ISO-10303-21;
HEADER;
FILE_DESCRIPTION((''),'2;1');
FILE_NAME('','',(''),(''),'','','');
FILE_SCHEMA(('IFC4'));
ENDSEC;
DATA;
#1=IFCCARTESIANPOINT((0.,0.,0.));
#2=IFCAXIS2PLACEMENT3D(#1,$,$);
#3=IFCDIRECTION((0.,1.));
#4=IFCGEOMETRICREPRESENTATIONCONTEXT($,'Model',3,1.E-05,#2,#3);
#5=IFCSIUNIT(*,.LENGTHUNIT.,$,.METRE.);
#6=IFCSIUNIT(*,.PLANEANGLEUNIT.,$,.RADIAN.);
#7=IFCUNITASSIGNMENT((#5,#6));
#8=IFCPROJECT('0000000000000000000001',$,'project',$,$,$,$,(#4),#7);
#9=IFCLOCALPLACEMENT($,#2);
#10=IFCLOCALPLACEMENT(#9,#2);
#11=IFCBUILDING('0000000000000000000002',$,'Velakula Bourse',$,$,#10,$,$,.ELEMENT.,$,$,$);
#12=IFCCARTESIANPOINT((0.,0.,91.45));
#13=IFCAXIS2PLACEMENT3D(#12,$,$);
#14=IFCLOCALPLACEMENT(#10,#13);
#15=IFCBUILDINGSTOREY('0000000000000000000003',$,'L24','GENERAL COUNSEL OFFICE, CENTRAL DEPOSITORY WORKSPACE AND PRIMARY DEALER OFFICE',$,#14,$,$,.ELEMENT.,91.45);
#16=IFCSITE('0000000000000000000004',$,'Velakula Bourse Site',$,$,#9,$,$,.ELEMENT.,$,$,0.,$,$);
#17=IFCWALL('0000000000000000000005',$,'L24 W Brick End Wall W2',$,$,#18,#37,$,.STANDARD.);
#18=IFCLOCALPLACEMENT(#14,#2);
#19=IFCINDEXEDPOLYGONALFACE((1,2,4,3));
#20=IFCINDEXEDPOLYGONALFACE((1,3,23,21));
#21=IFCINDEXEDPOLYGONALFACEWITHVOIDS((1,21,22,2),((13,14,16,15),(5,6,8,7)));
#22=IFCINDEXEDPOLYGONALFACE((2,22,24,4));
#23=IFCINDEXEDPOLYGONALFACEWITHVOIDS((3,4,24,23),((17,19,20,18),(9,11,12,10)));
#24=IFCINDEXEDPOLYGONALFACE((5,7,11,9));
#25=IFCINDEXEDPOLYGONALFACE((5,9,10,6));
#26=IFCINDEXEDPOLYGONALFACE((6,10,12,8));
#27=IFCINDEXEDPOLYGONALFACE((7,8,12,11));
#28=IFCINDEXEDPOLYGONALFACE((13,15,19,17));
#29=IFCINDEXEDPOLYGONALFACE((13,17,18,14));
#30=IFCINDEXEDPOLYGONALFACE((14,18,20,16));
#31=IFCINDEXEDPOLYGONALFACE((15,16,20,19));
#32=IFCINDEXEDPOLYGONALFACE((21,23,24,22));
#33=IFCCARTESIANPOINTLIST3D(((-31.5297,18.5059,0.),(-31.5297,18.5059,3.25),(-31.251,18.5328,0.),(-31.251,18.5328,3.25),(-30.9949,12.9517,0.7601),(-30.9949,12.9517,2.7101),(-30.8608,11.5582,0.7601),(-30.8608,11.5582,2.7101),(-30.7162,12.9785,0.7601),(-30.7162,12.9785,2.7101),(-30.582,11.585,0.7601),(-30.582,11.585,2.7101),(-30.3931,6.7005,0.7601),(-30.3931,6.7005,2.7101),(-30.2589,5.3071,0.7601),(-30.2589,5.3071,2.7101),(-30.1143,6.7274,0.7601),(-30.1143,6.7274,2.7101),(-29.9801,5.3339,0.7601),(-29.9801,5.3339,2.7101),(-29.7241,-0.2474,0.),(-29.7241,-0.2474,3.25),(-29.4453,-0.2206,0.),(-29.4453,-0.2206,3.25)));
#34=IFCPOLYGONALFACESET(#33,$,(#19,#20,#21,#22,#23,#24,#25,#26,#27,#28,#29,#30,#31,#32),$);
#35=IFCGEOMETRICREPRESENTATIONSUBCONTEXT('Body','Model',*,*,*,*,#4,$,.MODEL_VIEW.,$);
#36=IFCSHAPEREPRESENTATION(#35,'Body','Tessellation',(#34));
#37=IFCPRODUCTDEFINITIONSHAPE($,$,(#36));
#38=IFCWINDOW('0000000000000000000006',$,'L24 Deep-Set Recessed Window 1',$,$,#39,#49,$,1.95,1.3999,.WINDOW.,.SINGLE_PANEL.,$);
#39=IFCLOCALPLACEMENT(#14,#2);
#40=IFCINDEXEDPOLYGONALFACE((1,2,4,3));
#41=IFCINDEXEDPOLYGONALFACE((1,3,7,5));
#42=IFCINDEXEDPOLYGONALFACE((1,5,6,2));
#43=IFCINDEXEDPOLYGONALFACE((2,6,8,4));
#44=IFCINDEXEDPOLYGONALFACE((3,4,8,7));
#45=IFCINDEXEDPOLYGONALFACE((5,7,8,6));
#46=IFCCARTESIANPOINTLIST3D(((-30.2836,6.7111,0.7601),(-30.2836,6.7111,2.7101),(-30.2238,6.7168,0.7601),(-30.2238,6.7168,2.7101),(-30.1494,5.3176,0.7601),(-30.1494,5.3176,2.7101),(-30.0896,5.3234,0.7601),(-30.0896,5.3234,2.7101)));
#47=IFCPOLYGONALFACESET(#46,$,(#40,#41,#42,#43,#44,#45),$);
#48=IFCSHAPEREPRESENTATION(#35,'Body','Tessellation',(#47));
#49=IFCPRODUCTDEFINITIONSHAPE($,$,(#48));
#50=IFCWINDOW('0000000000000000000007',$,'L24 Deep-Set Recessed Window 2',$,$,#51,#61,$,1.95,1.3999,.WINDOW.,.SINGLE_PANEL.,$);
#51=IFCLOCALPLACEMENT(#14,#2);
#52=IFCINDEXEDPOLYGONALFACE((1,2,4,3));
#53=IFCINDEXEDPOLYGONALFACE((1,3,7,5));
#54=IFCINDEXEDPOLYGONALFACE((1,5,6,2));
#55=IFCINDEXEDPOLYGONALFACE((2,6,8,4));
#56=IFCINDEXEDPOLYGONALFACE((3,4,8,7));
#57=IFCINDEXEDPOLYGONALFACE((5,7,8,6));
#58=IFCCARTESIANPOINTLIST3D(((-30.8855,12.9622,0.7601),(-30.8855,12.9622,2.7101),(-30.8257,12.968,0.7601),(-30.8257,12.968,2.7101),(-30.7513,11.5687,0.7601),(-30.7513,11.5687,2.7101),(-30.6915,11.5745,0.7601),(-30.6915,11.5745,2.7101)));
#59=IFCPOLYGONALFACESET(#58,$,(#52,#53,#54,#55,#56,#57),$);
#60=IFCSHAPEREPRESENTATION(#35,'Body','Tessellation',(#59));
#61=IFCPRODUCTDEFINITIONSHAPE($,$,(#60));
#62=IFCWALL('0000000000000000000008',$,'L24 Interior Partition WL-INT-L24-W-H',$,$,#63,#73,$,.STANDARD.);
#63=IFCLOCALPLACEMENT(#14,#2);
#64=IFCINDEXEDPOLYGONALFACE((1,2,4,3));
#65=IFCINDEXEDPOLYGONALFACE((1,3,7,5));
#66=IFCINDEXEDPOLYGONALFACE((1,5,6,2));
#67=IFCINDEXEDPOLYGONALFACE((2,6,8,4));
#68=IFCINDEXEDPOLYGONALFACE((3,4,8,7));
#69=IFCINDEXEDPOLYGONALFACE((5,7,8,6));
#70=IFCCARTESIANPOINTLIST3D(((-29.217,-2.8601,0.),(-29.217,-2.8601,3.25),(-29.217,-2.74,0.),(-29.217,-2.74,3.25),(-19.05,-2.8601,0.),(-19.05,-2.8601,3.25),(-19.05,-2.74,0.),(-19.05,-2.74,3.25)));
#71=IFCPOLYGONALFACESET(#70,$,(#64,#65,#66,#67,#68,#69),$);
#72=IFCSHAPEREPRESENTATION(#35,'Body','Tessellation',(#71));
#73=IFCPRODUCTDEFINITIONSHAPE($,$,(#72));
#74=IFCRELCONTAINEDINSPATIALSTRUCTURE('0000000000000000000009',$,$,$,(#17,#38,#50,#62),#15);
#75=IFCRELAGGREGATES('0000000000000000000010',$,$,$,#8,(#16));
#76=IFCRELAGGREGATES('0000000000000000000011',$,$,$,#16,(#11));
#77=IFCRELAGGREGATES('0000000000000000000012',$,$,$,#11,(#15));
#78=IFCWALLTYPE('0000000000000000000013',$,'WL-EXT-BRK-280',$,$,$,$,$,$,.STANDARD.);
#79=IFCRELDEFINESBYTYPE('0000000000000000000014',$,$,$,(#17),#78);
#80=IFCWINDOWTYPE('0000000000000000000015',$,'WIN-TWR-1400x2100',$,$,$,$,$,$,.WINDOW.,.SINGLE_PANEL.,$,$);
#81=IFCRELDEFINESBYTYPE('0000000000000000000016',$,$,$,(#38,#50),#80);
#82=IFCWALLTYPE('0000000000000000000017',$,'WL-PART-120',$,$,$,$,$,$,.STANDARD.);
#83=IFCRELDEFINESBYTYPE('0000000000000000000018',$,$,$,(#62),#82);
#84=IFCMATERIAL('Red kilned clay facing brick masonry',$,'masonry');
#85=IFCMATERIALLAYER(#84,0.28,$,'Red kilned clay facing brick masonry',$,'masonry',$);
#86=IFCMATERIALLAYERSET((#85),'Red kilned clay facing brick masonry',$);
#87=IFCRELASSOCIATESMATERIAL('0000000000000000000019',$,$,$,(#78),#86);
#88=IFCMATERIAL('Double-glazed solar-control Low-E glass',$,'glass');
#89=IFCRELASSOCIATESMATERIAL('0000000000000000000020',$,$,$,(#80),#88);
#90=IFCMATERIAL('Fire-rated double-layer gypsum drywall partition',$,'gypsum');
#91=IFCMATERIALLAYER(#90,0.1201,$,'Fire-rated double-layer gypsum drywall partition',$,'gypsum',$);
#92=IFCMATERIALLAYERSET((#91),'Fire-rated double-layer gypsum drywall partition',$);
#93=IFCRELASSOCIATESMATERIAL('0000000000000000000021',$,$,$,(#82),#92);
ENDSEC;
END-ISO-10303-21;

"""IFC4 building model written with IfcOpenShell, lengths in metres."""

from ifc_helpers import new_model, si_unit, direction, frame, frame_2d, origin, place, context, subcontext, project, spatial, rectangle, extrude, material, layer, layer_set, type_object, element, fill, save


model = new_model("IFC4")

# Units and contexts
model_context = context("Model", 3, precision=1e-05, world=origin(), true_north=direction((0.0, 1.0)))
body_context = subcontext(model_context, "Body", "Model", "MODEL_VIEW")
ifc_project = project(units=[si_unit("LENGTHUNIT", "METRE"), si_unit("PLANEANGLEUNIT", "RADIAN")], contexts=[model_context])

# Site, building, storey
site_placement = place(None, origin())
site = spatial("IfcSite", under=ifc_project, at=site_placement, Name="Velakula Bourse Site", CompositionType="ELEMENT", RefElevation=0.0)
building_placement = place(site_placement, origin())
building = spatial("IfcBuilding", under=site, at=building_placement, Name="Velakula Bourse", CompositionType="ELEMENT")
storey_placement = place(building_placement, frame((0.0, 0.0, 91.45)))
storey = spatial("IfcBuildingStorey", under=building, at=storey_placement, Name="L24", Description="GENERAL COUNSEL OFFICE, CENTRAL DEPOSITORY WORKSPACE AND PRIMARY DEALER OFFICE", CompositionType="ELEMENT", Elevation=91.45)

# Wall, openings, windows
ifc_material_1 = material(Name="Red kilned clay facing brick masonry", Category="masonry")
ifc_layer_1 = layer(ifc_material_1, 0.28, Name="Red kilned clay facing brick masonry", Category="masonry")
ifc_layer_set_1 = layer_set([ifc_layer_1], Name="Red kilned clay facing brick masonry")
wall_type_1 = type_object("IfcWallType", Name="WL-EXT-BRK-280", PredefinedType="STANDARD", material=ifc_layer_set_1)
wall_1_placement = place(storey_placement, frame((-29.5847, -0.2339, 0.0), z_axis=(0.0, 0.0, 1.0), x_axis=(-0.095841, 0.995397, 0.0)))
wall_1 = element("IfcWall", 1, at=wall_1_placement, inside=storey, type_object=wall_type_1, Name="L24 W Brick End Wall W2", PredefinedType="STANDARD", context=body_context, shape_type="SweptSolid", body=[
    extrude(rectangle(XDim=18.8401, YDim=0.28, at=frame_2d((9.4199, 0.0))), origin(), (0.0, 0.0, 1.0), 3.25),
])
opening_1_placement = place(wall_1_placement, frame((5.5801, 0.0, 0.76)))
opening_1 = element("IfcOpeningElement", 2, at=opening_1_placement, cuts=wall_1, PredefinedType="OPENING", context=body_context, shape_type="SweptSolid", body=[
    extrude(rectangle(XDim=1.3999, YDim=1.95, at=frame_2d((0.7, 0.9751))), frame((0.0, 0.1499, 0.0), z_axis=(0.0, -1.0, 0.0), x_axis=(1.0, 0.0, 0.0)), (0.0, 0.0, 1.0), 0.3),
])
opening_2_placement = place(wall_1_placement, frame((11.8601, 0.0, 0.76)))
opening_2 = element("IfcOpeningElement", 3, at=opening_2_placement, cuts=wall_1, PredefinedType="OPENING", context=body_context, shape_type="SweptSolid", body=[
    extrude(rectangle(XDim=1.3999, YDim=1.95, at=frame_2d((0.7, 0.9751))), frame((0.0, 0.1499, 0.0), z_axis=(0.0, -1.0, 0.0), x_axis=(1.0, 0.0, 0.0)), (0.0, 0.0, 1.0), 0.3),
])
ifc_material_2 = material(Name="Double-glazed solar-control Low-E glass", Category="glass")
window_type = type_object("IfcWindowType", Name="WIN-TWR-1400x2100", PartitioningType="SINGLE_PANEL", PredefinedType="WINDOW", material=ifc_material_2)
window_1_placement = place(opening_1_placement, origin())
window_1 = element("IfcWindow", 4, at=window_1_placement, inside=storey, type_object=window_type, Name="L24 Deep-Set Recessed Window 1", OverallHeight=1.95, OverallWidth=1.3999, PartitioningType="SINGLE_PANEL", PredefinedType="WINDOW", context=body_context, shape_type="SweptSolid", body=[
    extrude(rectangle(XDim=1.3999, YDim=1.95, at=frame_2d((0.7, 0.9751))), frame((0.0, 0.03, 0.0), z_axis=(0.0, -1.0, 0.0), x_axis=(1.0, 0.0, 0.0)), (0.0, 0.0, 1.0), 0.0601),
])
fill(opening_1, window_1)
window_2_placement = place(opening_2_placement, origin())
window_2 = element("IfcWindow", 5, at=window_2_placement, inside=storey, type_object=window_type, Name="L24 Deep-Set Recessed Window 2", OverallHeight=1.95, OverallWidth=1.3999, PartitioningType="SINGLE_PANEL", PredefinedType="WINDOW", context=body_context, shape_type="SweptSolid", body=[
    extrude(rectangle(XDim=1.3999, YDim=1.95, at=frame_2d((0.7, 0.9751))), frame((0.0, 0.03, 0.0), z_axis=(0.0, -1.0, 0.0), x_axis=(1.0, 0.0, 0.0)), (0.0, 0.0, 1.0), 0.0601),
])
fill(opening_2, window_2)

# Wall
ifc_material_3 = material(Name="Fire-rated double-layer gypsum drywall partition", Category="gypsum")
ifc_layer_2 = layer(ifc_material_3, 0.1201, Name="Fire-rated double-layer gypsum drywall partition", Category="gypsum")
ifc_layer_set_2 = layer_set([ifc_layer_2], Name="Fire-rated double-layer gypsum drywall partition")
wall_type_2 = type_object("IfcWallType", Name="WL-PART-120", PredefinedType="STANDARD", material=ifc_layer_set_2)
wall_2_placement = place(storey_placement, frame((-29.217, -2.8, 0.0), z_axis=(0.0, 0.0, 1.0), x_axis=(1.0, 0.0, 0.0)))
element("IfcWall", 6, at=wall_2_placement, inside=storey, type_object=wall_type_2, Name="L24 Interior Partition WL-INT-L24-W-H", PredefinedType="STANDARD", context=body_context, shape_type="SweptSolid", body=[
    extrude(rectangle(XDim=10.167, YDim=0.1201, at=frame_2d((5.0835, 0.0))), origin(), (0.0, 0.0, 1.0), 3.25),
])

save(model, "model.ifc")
